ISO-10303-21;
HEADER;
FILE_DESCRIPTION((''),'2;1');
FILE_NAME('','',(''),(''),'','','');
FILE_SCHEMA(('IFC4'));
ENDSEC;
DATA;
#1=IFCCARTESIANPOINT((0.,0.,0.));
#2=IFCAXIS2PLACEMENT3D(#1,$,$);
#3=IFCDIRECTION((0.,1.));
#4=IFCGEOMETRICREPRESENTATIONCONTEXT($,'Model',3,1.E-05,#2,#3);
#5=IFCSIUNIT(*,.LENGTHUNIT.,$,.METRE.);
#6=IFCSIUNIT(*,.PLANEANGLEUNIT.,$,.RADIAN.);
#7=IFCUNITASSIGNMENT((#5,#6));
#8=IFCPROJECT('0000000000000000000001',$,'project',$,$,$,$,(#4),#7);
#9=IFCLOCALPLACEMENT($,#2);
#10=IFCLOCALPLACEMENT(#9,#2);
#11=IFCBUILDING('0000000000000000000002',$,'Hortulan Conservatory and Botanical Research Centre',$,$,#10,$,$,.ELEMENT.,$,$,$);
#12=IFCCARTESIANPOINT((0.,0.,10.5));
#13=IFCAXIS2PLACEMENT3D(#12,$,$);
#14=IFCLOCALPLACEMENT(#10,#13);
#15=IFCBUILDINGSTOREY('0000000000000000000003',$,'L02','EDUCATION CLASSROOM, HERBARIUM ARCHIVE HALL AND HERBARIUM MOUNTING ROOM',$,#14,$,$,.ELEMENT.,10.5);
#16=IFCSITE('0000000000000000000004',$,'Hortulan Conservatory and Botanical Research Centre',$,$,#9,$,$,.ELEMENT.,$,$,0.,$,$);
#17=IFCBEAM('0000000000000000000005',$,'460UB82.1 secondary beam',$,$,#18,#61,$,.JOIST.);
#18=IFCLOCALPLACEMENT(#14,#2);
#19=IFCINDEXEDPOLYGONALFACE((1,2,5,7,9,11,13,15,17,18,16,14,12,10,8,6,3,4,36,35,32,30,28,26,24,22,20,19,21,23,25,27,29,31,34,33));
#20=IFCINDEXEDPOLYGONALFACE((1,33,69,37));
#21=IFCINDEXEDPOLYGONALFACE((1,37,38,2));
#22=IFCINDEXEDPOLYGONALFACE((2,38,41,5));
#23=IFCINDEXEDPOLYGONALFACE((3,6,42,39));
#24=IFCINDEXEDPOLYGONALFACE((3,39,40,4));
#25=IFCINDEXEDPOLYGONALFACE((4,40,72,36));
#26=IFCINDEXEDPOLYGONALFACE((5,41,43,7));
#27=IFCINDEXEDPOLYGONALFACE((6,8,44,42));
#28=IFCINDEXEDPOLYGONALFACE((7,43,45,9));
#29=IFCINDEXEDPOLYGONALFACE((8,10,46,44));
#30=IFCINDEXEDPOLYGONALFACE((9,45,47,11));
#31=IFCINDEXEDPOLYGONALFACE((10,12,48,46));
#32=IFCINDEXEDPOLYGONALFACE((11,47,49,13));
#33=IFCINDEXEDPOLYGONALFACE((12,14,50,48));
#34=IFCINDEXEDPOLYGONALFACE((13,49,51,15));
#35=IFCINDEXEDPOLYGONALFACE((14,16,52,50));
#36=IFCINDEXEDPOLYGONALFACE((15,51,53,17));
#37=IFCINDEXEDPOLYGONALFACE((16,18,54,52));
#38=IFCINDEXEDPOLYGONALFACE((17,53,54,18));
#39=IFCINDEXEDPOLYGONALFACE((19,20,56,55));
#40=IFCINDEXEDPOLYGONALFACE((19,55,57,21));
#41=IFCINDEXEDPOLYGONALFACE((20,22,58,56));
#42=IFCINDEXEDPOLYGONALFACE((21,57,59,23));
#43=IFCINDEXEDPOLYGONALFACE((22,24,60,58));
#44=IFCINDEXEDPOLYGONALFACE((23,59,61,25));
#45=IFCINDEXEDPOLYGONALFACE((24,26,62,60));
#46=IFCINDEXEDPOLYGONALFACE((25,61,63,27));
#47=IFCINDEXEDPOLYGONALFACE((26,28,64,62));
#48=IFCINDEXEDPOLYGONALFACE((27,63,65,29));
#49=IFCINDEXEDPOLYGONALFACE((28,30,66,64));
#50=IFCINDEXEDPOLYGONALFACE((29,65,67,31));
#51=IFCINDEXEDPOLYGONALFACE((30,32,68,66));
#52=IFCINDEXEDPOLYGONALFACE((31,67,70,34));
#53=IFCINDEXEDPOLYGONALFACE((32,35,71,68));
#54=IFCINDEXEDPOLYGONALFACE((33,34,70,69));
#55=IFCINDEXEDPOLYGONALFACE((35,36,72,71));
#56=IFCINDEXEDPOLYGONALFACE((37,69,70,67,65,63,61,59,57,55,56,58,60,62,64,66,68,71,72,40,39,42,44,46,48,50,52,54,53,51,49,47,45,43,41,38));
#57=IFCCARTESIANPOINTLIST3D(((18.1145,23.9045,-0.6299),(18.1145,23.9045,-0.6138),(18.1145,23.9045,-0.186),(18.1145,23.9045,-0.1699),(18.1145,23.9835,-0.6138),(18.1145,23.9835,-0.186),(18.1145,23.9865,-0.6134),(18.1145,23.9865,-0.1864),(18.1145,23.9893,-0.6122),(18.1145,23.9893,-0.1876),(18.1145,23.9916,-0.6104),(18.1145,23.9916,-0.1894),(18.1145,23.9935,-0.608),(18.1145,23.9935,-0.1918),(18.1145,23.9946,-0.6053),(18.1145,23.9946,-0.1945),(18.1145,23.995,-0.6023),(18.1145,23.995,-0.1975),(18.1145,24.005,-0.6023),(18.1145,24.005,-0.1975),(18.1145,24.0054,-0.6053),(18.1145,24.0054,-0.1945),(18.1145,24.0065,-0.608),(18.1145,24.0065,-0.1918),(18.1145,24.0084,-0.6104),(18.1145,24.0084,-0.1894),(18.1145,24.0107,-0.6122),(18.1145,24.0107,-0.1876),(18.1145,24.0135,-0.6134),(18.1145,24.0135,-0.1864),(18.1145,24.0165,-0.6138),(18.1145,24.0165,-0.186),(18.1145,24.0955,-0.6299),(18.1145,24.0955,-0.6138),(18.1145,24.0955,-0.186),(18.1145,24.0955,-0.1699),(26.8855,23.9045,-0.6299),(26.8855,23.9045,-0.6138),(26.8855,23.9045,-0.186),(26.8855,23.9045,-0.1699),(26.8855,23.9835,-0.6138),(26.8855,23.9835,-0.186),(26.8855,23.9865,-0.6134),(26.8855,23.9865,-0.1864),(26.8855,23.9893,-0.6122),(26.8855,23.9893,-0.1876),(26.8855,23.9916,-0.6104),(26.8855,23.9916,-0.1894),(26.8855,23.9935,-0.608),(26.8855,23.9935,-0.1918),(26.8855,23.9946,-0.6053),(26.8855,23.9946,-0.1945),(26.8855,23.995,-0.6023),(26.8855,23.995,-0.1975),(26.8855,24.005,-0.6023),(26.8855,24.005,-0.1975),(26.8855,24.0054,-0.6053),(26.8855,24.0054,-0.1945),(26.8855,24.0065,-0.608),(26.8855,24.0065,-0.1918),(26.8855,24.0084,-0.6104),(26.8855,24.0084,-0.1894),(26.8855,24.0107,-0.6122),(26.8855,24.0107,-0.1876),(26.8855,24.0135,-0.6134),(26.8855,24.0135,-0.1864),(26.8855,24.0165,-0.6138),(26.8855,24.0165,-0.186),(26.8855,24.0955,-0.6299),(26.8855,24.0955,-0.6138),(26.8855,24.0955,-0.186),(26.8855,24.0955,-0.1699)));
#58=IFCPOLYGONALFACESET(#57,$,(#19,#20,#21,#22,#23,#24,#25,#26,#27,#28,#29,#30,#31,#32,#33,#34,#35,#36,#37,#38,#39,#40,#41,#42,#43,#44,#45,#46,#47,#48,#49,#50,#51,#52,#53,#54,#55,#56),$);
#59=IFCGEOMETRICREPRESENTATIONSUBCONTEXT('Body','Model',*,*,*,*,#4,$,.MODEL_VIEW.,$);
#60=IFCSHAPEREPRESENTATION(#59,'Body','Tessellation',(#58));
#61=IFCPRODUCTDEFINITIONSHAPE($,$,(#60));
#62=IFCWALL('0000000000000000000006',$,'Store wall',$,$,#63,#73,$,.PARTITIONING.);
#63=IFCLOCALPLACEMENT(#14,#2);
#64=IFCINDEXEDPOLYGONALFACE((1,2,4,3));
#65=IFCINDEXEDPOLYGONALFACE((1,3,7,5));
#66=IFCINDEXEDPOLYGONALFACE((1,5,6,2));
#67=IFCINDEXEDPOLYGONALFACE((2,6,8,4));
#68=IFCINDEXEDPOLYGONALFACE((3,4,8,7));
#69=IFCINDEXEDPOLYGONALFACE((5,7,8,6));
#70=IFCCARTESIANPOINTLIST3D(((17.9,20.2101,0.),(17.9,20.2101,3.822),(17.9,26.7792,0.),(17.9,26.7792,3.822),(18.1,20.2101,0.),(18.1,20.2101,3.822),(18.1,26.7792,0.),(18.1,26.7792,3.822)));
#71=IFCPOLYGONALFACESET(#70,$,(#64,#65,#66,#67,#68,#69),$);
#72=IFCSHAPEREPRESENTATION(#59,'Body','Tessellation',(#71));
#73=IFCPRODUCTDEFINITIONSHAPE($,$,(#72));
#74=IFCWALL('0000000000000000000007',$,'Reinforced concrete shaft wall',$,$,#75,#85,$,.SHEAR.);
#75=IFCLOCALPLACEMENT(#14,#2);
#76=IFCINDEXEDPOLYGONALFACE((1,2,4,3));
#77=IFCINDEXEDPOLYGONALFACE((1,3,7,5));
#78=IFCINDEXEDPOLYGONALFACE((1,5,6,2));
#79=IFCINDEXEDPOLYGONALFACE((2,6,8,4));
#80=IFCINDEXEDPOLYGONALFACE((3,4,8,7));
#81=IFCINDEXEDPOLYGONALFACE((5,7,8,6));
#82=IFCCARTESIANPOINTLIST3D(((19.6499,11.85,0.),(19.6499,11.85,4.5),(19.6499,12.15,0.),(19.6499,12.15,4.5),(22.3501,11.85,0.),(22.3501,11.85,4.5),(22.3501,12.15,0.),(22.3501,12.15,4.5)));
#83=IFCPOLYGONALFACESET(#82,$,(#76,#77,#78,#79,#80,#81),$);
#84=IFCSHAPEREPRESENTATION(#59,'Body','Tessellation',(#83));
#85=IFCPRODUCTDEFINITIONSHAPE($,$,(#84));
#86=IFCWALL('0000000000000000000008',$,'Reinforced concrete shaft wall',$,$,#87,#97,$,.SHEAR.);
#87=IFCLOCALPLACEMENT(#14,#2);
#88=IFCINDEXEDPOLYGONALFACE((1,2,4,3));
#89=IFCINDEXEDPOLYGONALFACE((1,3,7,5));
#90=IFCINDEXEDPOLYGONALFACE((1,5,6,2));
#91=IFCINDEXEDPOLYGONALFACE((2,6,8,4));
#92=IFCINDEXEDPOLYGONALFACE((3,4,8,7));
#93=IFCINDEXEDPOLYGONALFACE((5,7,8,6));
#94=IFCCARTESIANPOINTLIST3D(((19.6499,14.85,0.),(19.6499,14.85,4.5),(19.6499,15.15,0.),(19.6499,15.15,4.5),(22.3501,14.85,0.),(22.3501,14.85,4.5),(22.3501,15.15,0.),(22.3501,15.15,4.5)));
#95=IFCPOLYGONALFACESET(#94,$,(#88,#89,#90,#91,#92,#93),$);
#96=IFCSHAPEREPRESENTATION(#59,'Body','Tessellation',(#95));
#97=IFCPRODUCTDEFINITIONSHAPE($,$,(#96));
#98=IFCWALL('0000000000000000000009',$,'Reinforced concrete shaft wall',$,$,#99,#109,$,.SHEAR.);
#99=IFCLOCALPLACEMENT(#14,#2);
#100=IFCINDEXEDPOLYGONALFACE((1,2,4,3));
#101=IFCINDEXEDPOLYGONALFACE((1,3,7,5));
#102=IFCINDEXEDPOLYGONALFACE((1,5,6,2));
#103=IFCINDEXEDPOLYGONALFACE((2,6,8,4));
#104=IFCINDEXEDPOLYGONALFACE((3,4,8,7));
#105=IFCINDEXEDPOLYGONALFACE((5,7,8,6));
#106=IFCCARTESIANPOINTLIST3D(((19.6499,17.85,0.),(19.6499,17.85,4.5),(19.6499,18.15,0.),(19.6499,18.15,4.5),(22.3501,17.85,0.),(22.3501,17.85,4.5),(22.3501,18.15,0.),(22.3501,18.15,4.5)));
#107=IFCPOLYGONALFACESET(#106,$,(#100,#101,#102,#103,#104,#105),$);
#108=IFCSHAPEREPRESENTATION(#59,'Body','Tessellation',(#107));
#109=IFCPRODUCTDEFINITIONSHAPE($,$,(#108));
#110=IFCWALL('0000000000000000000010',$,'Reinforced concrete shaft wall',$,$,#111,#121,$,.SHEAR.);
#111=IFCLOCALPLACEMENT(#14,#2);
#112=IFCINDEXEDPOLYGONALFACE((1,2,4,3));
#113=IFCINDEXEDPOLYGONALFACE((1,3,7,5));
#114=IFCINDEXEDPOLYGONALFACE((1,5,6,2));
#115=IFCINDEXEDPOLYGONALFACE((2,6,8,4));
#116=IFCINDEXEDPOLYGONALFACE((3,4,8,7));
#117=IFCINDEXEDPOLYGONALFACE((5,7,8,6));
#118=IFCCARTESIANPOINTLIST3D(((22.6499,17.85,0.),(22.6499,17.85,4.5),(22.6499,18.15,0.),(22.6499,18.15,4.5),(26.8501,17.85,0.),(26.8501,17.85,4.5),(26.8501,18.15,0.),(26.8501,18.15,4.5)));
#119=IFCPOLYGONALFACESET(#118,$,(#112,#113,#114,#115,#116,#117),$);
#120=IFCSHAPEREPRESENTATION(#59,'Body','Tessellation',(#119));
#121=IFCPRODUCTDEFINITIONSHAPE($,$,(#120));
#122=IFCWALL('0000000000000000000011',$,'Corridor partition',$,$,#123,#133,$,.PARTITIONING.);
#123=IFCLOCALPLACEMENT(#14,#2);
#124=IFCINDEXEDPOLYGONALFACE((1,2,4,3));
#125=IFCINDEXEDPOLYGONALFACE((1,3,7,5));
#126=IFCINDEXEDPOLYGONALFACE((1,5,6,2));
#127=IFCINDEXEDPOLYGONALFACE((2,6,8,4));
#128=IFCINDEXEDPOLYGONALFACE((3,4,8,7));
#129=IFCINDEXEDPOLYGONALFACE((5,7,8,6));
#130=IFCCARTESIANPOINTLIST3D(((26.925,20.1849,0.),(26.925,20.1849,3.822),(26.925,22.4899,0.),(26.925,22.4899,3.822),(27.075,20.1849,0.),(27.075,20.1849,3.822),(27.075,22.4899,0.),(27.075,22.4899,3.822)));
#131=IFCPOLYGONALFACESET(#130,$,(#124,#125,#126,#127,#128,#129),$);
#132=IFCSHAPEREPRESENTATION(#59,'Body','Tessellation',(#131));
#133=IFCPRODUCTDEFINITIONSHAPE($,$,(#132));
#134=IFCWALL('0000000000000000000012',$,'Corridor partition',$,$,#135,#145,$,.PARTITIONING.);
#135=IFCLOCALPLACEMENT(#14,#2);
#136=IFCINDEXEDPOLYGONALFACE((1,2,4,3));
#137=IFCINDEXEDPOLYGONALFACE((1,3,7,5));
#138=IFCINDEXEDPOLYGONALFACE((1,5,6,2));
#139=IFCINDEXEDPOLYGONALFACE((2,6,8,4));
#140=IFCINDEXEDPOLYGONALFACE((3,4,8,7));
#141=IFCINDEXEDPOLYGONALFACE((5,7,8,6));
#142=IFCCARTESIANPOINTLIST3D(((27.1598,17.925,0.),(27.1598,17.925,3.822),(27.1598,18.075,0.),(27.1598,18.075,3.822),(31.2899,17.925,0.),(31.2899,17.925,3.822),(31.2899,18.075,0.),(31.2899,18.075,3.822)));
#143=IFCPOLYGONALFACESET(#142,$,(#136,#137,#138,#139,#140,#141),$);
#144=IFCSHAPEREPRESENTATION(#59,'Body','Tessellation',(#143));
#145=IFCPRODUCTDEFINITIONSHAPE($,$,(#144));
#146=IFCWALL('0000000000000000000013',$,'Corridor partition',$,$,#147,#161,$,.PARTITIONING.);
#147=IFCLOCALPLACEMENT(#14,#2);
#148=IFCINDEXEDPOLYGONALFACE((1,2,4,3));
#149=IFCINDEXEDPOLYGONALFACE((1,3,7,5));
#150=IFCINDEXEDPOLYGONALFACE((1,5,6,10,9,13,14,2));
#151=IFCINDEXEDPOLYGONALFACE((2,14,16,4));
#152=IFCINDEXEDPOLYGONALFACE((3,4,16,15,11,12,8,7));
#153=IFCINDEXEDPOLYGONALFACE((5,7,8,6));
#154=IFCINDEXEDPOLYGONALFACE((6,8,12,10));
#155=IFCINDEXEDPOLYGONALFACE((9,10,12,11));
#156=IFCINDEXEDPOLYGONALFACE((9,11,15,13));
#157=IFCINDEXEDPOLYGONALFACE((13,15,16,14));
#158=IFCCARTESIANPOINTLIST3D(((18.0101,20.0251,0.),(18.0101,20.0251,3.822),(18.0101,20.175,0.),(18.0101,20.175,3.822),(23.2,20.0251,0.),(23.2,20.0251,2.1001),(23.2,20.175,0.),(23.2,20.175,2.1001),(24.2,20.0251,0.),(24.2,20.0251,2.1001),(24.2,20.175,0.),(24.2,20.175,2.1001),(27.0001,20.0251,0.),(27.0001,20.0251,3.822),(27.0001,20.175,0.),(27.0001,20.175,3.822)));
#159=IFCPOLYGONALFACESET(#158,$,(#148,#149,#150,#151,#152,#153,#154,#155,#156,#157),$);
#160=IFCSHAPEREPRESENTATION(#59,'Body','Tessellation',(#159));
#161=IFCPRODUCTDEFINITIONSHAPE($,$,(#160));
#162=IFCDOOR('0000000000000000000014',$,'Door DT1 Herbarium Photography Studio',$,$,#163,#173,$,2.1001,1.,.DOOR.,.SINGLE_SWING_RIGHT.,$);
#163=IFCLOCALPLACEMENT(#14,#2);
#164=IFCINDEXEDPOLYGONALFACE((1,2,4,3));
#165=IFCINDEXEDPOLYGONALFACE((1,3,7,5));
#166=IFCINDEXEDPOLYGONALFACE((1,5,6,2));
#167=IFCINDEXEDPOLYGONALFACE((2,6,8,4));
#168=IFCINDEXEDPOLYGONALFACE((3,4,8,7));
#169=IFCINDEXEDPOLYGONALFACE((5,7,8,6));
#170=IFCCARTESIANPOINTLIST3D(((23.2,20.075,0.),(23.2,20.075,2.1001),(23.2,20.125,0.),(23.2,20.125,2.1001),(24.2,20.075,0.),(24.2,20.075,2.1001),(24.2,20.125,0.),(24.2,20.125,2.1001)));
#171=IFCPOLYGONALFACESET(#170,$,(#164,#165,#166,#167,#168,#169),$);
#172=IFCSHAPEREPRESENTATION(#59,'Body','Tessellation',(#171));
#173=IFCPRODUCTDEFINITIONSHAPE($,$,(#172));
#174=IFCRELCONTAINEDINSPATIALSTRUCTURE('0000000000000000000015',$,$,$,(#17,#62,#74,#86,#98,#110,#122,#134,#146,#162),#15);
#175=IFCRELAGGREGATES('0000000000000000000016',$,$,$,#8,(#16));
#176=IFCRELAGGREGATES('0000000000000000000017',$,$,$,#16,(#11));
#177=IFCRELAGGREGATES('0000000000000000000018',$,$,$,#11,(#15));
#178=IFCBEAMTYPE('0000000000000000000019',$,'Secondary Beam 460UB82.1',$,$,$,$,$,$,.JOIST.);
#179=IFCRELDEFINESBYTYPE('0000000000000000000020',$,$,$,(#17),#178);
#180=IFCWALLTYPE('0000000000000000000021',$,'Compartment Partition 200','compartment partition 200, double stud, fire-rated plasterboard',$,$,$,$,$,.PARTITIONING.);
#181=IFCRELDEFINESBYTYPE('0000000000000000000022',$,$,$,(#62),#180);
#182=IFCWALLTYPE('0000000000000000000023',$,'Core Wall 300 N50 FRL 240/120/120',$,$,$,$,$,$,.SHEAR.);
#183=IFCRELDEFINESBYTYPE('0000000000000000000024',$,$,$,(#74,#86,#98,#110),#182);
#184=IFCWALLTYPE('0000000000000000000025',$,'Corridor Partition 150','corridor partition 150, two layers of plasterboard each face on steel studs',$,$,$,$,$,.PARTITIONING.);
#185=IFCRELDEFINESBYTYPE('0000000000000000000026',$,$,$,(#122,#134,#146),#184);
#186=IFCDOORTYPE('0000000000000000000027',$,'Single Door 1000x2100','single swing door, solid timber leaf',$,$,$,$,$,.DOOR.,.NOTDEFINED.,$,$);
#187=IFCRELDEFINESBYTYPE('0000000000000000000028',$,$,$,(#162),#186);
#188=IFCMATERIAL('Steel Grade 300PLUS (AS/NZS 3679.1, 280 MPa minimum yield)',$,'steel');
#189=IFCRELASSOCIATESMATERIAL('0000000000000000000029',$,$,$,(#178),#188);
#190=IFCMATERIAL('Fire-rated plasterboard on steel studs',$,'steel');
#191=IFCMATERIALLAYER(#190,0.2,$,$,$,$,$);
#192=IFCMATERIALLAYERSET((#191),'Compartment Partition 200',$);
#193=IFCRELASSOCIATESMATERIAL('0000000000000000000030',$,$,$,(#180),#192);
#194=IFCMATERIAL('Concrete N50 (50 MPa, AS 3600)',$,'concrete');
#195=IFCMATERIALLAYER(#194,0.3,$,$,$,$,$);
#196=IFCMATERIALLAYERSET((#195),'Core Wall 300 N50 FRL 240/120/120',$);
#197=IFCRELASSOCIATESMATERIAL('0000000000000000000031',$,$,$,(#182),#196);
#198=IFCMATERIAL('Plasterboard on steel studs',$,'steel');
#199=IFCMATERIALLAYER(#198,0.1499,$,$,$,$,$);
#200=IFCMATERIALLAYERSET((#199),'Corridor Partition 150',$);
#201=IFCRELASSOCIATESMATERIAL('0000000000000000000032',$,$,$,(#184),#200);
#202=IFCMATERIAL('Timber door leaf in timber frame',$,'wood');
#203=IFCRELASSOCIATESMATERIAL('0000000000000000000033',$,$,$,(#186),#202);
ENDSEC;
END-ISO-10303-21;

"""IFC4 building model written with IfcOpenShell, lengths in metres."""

from ifc_helpers import new_model, si_unit, direction, frame, frame_2d, origin, origin_2d, place, context, subcontext, project, spatial, rectangle, i_section, extrude, material, layer, layer_set, material_profile, profile_set, type_object, element, fill, save


model = new_model("IFC4")

# Units and contexts
model_context = context("Model", 3, precision=1e-05, world=origin(), true_north=direction((0.0, 1.0)))
body_context = subcontext(model_context, "Body", "Model", "MODEL_VIEW")
ifc_project = project(units=[si_unit("LENGTHUNIT", "METRE"), si_unit("PLANEANGLEUNIT", "RADIAN")], contexts=[model_context])

# Site, building, storey
site_placement = place(None, origin())
site = spatial("IfcSite", under=ifc_project, at=site_placement, Name="Hortulan Conservatory and Botanical Research Centre", CompositionType="ELEMENT", RefElevation=0.0)
building_placement = place(site_placement, origin())
building = spatial("IfcBuilding", under=site, at=building_placement, Name="Hortulan Conservatory and Botanical Research Centre", CompositionType="ELEMENT")
storey_placement = place(building_placement, frame((0.0, 0.0, 10.5)))
storey = spatial("IfcBuildingStorey", under=building, at=storey_placement, Name="L02", Description="EDUCATION CLASSROOM, HERBARIUM ARCHIVE HALL AND HERBARIUM MOUNTING ROOM", CompositionType="ELEMENT", Elevation=10.5)

# Beam
ifc_material_1 = material(Name="Steel Grade 300PLUS (AS/NZS 3679.1, 280 MPa minimum yield)", Category="steel")
ifc_material_profile_1 = material_profile(ifc_material_1, i_section(OverallWidth=0.1909, OverallDepth=0.46, WebThickness=0.01, FlangeThickness=0.0161, FilletRadius=0.0115, at=origin_2d()), Name="460UB82.1")
ifc_profile_set_1 = profile_set([ifc_material_profile_1], Name="Steel Grade 300PLUS (AS/NZS 3679.1, 280 MPa minimum yield)")
beam_type_1 = type_object("IfcBeamType", Name="Secondary Beam 460UB82.1", PredefinedType="JOIST", material=ifc_profile_set_1)
for number, where, z_axis, x_axis, name in (
    (1, (18.1145, 24.0, -0.3999), (1.0, 0.0, 0.0), (0.0, 1.0, 0.0), "460UB82.1 secondary beam"),
):
    element("IfcBeam", number, at=place(storey_placement, frame(where, z_axis=z_axis, x_axis=x_axis)), inside=storey, type_object=beam_type_1, Name=name, PredefinedType="JOIST", context=body_context, shape_type="SweptSolid", body=[
        extrude(i_section(OverallWidth=0.1909, OverallDepth=0.46, WebThickness=0.01, FlangeThickness=0.0161, FilletRadius=0.0115, at=origin_2d()), origin(), (0.0, 0.0, 1.0), 8.771),
    ])

# Walls
ifc_material_2 = material(Name="Fire-rated plasterboard on steel studs", Category="steel")
ifc_layer_1 = layer(ifc_material_2, 0.2)
ifc_layer_set_1 = layer_set([ifc_layer_1], Name="Compartment Partition 200")
wall_type_1 = type_object("IfcWallType", Name="Compartment Partition 200", Description="compartment partition 200, double stud, fire-rated plasterboard", PredefinedType="PARTITIONING", material=ifc_layer_set_1)
wall_1_placement = place(storey_placement, frame((18.0, 20.21, 0.0), z_axis=(0.0, 0.0, 1.0), x_axis=(0.0, 1.0, 0.0)))
element("IfcWall", 2, at=wall_1_placement, inside=storey, type_object=wall_type_1, Name="Store wall", PredefinedType="PARTITIONING", context=body_context, shape_type="SweptSolid", body=[
    extrude(rectangle(XDim=6.5691, YDim=0.2, at=frame_2d((3.2847, 0.0))), origin(), (0.0, 0.0, 1.0), 3.822),
])
ifc_material_3 = material(Name="Concrete N50 (50 MPa, AS 3600)", Category="concrete")
ifc_layer_2 = layer(ifc_material_3, 0.3)
ifc_layer_set_2 = layer_set([ifc_layer_2], Name="Core Wall 300 N50 FRL 240/120/120")
wall_type_2 = type_object("IfcWallType", Name="Core Wall 300 N50 FRL 240/120/120", PredefinedType="SHEAR", material=ifc_layer_set_2)
for number, where, z_axis, x_axis, name in (
    (3, (19.6499, 12.0, 0.0), (0.0, 0.0, 1.0), (1.0, 0.0, 0.0), "Reinforced concrete shaft wall"),
    (4, (19.6499, 15.0, 0.0), (0.0, 0.0, 1.0), (1.0, 0.0, 0.0), "Reinforced concrete shaft wall"),
    (5, (19.6499, 18.0, 0.0), (0.0, 0.0, 1.0), (1.0, 0.0, 0.0), "Reinforced concrete shaft wall"),
):
    element("IfcWall", number, at=place(storey_placement, frame(where, z_axis=z_axis, x_axis=x_axis)), inside=storey, type_object=wall_type_2, Name=name, PredefinedType="SHEAR", context=body_context, shape_type="SweptSolid", body=[
        extrude(rectangle(XDim=2.7002, YDim=0.3, at=frame_2d((1.3501, 0.0))), origin(), (0.0, 0.0, 1.0), 4.5),
    ])
wall_2_placement = place(storey_placement, frame((22.6499, 18.0, 0.0), z_axis=(0.0, 0.0, 1.0), x_axis=(1.0, 0.0, 0.0)))
element("IfcWall", 6, at=wall_2_placement, inside=storey, type_object=wall_type_2, Name="Reinforced concrete shaft wall", PredefinedType="SHEAR", context=body_context, shape_type="SweptSolid", body=[
    extrude(rectangle(XDim=4.2002, YDim=0.3, at=frame_2d((2.1001, 0.0))), origin(), (0.0, 0.0, 1.0), 4.5),
])
ifc_material_4 = material(Name="Plasterboard on steel studs", Category="steel")
ifc_layer_3 = layer(ifc_material_4, 0.1499)
ifc_layer_set_3 = layer_set([ifc_layer_3], Name="Corridor Partition 150")
wall_type_3 = type_object("IfcWallType", Name="Corridor Partition 150", Description="corridor partition 150, two layers of plasterboard each face on steel studs", PredefinedType="PARTITIONING", material=ifc_layer_set_3)
wall_3_placement = place(storey_placement, frame((27.0, 20.1851, 0.0), z_axis=(0.0, 0.0, 1.0), x_axis=(0.0, 1.0, 0.0)))
element("IfcWall", 7, at=wall_3_placement, inside=storey, type_object=wall_type_3, Name="Corridor partition", PredefinedType="PARTITIONING", context=body_context, shape_type="SweptSolid", body=[
    extrude(rectangle(XDim=2.3049, YDim=0.1499, at=frame_2d((1.1523, 0.0))), origin(), (0.0, 0.0, 1.0), 3.822),
])
wall_4_placement = place(storey_placement, frame((27.1599, 18.0, 0.0), z_axis=(0.0, 0.0, 1.0), x_axis=(1.0, 0.0, 0.0)))
element("IfcWall", 8, at=wall_4_placement, inside=storey, type_object=wall_type_3, Name="Corridor partition", PredefinedType="PARTITIONING", context=body_context, shape_type="SweptSolid", body=[
    extrude(rectangle(XDim=4.1301, YDim=0.1499, at=frame_2d((2.0649, 0.0))), origin(), (0.0, 0.0, 1.0), 3.822),
])

# Wall, opening, door
wall_5_placement = place(storey_placement, frame((18.01, 20.1001, 0.0), z_axis=(0.0, 0.0, 1.0), x_axis=(1.0, 0.0, 0.0)))
wall_5 = element("IfcWall", 9, at=wall_5_placement, inside=storey, type_object=wall_type_3, Name="Corridor partition", PredefinedType="PARTITIONING", context=body_context, shape_type="SweptSolid", body=[
    extrude(rectangle(XDim=8.99, YDim=0.1499, at=frame_2d((4.4951, 0.0))), origin(), (0.0, 0.0, 1.0), 3.822),
])
opening_1_placement = place(wall_5_placement, frame((5.1899, 0.0, 0.0)))
opening_1 = element("IfcOpeningElement", 10, at=opening_1_placement, cuts=wall_5, PredefinedType="OPENING", context=body_context, shape_type="SweptSolid", body=[
    extrude(rectangle(XDim=1.0, YDim=2.1001, at=frame_2d((0.5, 1.05))), frame((0.0, 0.085, 0.0), z_axis=(0.0, -1.0, 0.0), x_axis=(1.0, 0.0, 0.0)), (0.0, 0.0, 1.0), 0.1699),
])
ifc_material_5 = material(Name="Timber door leaf in timber frame", Category="wood")
door_type_1 = type_object("IfcDoorType", Name="Single Door 1000x2100", Description="single swing door, solid timber leaf", OperationType="NOTDEFINED", PredefinedType="DOOR", material=ifc_material_5)
door_1_placement = place(opening_1_placement, origin())
door_1 = element("IfcDoor", 11, at=door_1_placement, inside=storey, type_object=door_type_1, Name="Door DT1 Herbarium Photography Studio", OperationType="SINGLE_SWING_RIGHT", OverallHeight=2.1001, OverallWidth=1.0, PredefinedType="DOOR", context=body_context, shape_type="SweptSolid", body=[
    extrude(rectangle(XDim=1.0, YDim=2.1001, at=frame_2d((0.5, 1.05))), frame((0.0, 0.0249, 0.0), z_axis=(0.0, -1.0, 0.0), x_axis=(1.0, 0.0, 0.0)), (0.0, 0.0, 1.0), 0.05),
])
fill(opening_1, door_1)

save(model, "model.ifc")
